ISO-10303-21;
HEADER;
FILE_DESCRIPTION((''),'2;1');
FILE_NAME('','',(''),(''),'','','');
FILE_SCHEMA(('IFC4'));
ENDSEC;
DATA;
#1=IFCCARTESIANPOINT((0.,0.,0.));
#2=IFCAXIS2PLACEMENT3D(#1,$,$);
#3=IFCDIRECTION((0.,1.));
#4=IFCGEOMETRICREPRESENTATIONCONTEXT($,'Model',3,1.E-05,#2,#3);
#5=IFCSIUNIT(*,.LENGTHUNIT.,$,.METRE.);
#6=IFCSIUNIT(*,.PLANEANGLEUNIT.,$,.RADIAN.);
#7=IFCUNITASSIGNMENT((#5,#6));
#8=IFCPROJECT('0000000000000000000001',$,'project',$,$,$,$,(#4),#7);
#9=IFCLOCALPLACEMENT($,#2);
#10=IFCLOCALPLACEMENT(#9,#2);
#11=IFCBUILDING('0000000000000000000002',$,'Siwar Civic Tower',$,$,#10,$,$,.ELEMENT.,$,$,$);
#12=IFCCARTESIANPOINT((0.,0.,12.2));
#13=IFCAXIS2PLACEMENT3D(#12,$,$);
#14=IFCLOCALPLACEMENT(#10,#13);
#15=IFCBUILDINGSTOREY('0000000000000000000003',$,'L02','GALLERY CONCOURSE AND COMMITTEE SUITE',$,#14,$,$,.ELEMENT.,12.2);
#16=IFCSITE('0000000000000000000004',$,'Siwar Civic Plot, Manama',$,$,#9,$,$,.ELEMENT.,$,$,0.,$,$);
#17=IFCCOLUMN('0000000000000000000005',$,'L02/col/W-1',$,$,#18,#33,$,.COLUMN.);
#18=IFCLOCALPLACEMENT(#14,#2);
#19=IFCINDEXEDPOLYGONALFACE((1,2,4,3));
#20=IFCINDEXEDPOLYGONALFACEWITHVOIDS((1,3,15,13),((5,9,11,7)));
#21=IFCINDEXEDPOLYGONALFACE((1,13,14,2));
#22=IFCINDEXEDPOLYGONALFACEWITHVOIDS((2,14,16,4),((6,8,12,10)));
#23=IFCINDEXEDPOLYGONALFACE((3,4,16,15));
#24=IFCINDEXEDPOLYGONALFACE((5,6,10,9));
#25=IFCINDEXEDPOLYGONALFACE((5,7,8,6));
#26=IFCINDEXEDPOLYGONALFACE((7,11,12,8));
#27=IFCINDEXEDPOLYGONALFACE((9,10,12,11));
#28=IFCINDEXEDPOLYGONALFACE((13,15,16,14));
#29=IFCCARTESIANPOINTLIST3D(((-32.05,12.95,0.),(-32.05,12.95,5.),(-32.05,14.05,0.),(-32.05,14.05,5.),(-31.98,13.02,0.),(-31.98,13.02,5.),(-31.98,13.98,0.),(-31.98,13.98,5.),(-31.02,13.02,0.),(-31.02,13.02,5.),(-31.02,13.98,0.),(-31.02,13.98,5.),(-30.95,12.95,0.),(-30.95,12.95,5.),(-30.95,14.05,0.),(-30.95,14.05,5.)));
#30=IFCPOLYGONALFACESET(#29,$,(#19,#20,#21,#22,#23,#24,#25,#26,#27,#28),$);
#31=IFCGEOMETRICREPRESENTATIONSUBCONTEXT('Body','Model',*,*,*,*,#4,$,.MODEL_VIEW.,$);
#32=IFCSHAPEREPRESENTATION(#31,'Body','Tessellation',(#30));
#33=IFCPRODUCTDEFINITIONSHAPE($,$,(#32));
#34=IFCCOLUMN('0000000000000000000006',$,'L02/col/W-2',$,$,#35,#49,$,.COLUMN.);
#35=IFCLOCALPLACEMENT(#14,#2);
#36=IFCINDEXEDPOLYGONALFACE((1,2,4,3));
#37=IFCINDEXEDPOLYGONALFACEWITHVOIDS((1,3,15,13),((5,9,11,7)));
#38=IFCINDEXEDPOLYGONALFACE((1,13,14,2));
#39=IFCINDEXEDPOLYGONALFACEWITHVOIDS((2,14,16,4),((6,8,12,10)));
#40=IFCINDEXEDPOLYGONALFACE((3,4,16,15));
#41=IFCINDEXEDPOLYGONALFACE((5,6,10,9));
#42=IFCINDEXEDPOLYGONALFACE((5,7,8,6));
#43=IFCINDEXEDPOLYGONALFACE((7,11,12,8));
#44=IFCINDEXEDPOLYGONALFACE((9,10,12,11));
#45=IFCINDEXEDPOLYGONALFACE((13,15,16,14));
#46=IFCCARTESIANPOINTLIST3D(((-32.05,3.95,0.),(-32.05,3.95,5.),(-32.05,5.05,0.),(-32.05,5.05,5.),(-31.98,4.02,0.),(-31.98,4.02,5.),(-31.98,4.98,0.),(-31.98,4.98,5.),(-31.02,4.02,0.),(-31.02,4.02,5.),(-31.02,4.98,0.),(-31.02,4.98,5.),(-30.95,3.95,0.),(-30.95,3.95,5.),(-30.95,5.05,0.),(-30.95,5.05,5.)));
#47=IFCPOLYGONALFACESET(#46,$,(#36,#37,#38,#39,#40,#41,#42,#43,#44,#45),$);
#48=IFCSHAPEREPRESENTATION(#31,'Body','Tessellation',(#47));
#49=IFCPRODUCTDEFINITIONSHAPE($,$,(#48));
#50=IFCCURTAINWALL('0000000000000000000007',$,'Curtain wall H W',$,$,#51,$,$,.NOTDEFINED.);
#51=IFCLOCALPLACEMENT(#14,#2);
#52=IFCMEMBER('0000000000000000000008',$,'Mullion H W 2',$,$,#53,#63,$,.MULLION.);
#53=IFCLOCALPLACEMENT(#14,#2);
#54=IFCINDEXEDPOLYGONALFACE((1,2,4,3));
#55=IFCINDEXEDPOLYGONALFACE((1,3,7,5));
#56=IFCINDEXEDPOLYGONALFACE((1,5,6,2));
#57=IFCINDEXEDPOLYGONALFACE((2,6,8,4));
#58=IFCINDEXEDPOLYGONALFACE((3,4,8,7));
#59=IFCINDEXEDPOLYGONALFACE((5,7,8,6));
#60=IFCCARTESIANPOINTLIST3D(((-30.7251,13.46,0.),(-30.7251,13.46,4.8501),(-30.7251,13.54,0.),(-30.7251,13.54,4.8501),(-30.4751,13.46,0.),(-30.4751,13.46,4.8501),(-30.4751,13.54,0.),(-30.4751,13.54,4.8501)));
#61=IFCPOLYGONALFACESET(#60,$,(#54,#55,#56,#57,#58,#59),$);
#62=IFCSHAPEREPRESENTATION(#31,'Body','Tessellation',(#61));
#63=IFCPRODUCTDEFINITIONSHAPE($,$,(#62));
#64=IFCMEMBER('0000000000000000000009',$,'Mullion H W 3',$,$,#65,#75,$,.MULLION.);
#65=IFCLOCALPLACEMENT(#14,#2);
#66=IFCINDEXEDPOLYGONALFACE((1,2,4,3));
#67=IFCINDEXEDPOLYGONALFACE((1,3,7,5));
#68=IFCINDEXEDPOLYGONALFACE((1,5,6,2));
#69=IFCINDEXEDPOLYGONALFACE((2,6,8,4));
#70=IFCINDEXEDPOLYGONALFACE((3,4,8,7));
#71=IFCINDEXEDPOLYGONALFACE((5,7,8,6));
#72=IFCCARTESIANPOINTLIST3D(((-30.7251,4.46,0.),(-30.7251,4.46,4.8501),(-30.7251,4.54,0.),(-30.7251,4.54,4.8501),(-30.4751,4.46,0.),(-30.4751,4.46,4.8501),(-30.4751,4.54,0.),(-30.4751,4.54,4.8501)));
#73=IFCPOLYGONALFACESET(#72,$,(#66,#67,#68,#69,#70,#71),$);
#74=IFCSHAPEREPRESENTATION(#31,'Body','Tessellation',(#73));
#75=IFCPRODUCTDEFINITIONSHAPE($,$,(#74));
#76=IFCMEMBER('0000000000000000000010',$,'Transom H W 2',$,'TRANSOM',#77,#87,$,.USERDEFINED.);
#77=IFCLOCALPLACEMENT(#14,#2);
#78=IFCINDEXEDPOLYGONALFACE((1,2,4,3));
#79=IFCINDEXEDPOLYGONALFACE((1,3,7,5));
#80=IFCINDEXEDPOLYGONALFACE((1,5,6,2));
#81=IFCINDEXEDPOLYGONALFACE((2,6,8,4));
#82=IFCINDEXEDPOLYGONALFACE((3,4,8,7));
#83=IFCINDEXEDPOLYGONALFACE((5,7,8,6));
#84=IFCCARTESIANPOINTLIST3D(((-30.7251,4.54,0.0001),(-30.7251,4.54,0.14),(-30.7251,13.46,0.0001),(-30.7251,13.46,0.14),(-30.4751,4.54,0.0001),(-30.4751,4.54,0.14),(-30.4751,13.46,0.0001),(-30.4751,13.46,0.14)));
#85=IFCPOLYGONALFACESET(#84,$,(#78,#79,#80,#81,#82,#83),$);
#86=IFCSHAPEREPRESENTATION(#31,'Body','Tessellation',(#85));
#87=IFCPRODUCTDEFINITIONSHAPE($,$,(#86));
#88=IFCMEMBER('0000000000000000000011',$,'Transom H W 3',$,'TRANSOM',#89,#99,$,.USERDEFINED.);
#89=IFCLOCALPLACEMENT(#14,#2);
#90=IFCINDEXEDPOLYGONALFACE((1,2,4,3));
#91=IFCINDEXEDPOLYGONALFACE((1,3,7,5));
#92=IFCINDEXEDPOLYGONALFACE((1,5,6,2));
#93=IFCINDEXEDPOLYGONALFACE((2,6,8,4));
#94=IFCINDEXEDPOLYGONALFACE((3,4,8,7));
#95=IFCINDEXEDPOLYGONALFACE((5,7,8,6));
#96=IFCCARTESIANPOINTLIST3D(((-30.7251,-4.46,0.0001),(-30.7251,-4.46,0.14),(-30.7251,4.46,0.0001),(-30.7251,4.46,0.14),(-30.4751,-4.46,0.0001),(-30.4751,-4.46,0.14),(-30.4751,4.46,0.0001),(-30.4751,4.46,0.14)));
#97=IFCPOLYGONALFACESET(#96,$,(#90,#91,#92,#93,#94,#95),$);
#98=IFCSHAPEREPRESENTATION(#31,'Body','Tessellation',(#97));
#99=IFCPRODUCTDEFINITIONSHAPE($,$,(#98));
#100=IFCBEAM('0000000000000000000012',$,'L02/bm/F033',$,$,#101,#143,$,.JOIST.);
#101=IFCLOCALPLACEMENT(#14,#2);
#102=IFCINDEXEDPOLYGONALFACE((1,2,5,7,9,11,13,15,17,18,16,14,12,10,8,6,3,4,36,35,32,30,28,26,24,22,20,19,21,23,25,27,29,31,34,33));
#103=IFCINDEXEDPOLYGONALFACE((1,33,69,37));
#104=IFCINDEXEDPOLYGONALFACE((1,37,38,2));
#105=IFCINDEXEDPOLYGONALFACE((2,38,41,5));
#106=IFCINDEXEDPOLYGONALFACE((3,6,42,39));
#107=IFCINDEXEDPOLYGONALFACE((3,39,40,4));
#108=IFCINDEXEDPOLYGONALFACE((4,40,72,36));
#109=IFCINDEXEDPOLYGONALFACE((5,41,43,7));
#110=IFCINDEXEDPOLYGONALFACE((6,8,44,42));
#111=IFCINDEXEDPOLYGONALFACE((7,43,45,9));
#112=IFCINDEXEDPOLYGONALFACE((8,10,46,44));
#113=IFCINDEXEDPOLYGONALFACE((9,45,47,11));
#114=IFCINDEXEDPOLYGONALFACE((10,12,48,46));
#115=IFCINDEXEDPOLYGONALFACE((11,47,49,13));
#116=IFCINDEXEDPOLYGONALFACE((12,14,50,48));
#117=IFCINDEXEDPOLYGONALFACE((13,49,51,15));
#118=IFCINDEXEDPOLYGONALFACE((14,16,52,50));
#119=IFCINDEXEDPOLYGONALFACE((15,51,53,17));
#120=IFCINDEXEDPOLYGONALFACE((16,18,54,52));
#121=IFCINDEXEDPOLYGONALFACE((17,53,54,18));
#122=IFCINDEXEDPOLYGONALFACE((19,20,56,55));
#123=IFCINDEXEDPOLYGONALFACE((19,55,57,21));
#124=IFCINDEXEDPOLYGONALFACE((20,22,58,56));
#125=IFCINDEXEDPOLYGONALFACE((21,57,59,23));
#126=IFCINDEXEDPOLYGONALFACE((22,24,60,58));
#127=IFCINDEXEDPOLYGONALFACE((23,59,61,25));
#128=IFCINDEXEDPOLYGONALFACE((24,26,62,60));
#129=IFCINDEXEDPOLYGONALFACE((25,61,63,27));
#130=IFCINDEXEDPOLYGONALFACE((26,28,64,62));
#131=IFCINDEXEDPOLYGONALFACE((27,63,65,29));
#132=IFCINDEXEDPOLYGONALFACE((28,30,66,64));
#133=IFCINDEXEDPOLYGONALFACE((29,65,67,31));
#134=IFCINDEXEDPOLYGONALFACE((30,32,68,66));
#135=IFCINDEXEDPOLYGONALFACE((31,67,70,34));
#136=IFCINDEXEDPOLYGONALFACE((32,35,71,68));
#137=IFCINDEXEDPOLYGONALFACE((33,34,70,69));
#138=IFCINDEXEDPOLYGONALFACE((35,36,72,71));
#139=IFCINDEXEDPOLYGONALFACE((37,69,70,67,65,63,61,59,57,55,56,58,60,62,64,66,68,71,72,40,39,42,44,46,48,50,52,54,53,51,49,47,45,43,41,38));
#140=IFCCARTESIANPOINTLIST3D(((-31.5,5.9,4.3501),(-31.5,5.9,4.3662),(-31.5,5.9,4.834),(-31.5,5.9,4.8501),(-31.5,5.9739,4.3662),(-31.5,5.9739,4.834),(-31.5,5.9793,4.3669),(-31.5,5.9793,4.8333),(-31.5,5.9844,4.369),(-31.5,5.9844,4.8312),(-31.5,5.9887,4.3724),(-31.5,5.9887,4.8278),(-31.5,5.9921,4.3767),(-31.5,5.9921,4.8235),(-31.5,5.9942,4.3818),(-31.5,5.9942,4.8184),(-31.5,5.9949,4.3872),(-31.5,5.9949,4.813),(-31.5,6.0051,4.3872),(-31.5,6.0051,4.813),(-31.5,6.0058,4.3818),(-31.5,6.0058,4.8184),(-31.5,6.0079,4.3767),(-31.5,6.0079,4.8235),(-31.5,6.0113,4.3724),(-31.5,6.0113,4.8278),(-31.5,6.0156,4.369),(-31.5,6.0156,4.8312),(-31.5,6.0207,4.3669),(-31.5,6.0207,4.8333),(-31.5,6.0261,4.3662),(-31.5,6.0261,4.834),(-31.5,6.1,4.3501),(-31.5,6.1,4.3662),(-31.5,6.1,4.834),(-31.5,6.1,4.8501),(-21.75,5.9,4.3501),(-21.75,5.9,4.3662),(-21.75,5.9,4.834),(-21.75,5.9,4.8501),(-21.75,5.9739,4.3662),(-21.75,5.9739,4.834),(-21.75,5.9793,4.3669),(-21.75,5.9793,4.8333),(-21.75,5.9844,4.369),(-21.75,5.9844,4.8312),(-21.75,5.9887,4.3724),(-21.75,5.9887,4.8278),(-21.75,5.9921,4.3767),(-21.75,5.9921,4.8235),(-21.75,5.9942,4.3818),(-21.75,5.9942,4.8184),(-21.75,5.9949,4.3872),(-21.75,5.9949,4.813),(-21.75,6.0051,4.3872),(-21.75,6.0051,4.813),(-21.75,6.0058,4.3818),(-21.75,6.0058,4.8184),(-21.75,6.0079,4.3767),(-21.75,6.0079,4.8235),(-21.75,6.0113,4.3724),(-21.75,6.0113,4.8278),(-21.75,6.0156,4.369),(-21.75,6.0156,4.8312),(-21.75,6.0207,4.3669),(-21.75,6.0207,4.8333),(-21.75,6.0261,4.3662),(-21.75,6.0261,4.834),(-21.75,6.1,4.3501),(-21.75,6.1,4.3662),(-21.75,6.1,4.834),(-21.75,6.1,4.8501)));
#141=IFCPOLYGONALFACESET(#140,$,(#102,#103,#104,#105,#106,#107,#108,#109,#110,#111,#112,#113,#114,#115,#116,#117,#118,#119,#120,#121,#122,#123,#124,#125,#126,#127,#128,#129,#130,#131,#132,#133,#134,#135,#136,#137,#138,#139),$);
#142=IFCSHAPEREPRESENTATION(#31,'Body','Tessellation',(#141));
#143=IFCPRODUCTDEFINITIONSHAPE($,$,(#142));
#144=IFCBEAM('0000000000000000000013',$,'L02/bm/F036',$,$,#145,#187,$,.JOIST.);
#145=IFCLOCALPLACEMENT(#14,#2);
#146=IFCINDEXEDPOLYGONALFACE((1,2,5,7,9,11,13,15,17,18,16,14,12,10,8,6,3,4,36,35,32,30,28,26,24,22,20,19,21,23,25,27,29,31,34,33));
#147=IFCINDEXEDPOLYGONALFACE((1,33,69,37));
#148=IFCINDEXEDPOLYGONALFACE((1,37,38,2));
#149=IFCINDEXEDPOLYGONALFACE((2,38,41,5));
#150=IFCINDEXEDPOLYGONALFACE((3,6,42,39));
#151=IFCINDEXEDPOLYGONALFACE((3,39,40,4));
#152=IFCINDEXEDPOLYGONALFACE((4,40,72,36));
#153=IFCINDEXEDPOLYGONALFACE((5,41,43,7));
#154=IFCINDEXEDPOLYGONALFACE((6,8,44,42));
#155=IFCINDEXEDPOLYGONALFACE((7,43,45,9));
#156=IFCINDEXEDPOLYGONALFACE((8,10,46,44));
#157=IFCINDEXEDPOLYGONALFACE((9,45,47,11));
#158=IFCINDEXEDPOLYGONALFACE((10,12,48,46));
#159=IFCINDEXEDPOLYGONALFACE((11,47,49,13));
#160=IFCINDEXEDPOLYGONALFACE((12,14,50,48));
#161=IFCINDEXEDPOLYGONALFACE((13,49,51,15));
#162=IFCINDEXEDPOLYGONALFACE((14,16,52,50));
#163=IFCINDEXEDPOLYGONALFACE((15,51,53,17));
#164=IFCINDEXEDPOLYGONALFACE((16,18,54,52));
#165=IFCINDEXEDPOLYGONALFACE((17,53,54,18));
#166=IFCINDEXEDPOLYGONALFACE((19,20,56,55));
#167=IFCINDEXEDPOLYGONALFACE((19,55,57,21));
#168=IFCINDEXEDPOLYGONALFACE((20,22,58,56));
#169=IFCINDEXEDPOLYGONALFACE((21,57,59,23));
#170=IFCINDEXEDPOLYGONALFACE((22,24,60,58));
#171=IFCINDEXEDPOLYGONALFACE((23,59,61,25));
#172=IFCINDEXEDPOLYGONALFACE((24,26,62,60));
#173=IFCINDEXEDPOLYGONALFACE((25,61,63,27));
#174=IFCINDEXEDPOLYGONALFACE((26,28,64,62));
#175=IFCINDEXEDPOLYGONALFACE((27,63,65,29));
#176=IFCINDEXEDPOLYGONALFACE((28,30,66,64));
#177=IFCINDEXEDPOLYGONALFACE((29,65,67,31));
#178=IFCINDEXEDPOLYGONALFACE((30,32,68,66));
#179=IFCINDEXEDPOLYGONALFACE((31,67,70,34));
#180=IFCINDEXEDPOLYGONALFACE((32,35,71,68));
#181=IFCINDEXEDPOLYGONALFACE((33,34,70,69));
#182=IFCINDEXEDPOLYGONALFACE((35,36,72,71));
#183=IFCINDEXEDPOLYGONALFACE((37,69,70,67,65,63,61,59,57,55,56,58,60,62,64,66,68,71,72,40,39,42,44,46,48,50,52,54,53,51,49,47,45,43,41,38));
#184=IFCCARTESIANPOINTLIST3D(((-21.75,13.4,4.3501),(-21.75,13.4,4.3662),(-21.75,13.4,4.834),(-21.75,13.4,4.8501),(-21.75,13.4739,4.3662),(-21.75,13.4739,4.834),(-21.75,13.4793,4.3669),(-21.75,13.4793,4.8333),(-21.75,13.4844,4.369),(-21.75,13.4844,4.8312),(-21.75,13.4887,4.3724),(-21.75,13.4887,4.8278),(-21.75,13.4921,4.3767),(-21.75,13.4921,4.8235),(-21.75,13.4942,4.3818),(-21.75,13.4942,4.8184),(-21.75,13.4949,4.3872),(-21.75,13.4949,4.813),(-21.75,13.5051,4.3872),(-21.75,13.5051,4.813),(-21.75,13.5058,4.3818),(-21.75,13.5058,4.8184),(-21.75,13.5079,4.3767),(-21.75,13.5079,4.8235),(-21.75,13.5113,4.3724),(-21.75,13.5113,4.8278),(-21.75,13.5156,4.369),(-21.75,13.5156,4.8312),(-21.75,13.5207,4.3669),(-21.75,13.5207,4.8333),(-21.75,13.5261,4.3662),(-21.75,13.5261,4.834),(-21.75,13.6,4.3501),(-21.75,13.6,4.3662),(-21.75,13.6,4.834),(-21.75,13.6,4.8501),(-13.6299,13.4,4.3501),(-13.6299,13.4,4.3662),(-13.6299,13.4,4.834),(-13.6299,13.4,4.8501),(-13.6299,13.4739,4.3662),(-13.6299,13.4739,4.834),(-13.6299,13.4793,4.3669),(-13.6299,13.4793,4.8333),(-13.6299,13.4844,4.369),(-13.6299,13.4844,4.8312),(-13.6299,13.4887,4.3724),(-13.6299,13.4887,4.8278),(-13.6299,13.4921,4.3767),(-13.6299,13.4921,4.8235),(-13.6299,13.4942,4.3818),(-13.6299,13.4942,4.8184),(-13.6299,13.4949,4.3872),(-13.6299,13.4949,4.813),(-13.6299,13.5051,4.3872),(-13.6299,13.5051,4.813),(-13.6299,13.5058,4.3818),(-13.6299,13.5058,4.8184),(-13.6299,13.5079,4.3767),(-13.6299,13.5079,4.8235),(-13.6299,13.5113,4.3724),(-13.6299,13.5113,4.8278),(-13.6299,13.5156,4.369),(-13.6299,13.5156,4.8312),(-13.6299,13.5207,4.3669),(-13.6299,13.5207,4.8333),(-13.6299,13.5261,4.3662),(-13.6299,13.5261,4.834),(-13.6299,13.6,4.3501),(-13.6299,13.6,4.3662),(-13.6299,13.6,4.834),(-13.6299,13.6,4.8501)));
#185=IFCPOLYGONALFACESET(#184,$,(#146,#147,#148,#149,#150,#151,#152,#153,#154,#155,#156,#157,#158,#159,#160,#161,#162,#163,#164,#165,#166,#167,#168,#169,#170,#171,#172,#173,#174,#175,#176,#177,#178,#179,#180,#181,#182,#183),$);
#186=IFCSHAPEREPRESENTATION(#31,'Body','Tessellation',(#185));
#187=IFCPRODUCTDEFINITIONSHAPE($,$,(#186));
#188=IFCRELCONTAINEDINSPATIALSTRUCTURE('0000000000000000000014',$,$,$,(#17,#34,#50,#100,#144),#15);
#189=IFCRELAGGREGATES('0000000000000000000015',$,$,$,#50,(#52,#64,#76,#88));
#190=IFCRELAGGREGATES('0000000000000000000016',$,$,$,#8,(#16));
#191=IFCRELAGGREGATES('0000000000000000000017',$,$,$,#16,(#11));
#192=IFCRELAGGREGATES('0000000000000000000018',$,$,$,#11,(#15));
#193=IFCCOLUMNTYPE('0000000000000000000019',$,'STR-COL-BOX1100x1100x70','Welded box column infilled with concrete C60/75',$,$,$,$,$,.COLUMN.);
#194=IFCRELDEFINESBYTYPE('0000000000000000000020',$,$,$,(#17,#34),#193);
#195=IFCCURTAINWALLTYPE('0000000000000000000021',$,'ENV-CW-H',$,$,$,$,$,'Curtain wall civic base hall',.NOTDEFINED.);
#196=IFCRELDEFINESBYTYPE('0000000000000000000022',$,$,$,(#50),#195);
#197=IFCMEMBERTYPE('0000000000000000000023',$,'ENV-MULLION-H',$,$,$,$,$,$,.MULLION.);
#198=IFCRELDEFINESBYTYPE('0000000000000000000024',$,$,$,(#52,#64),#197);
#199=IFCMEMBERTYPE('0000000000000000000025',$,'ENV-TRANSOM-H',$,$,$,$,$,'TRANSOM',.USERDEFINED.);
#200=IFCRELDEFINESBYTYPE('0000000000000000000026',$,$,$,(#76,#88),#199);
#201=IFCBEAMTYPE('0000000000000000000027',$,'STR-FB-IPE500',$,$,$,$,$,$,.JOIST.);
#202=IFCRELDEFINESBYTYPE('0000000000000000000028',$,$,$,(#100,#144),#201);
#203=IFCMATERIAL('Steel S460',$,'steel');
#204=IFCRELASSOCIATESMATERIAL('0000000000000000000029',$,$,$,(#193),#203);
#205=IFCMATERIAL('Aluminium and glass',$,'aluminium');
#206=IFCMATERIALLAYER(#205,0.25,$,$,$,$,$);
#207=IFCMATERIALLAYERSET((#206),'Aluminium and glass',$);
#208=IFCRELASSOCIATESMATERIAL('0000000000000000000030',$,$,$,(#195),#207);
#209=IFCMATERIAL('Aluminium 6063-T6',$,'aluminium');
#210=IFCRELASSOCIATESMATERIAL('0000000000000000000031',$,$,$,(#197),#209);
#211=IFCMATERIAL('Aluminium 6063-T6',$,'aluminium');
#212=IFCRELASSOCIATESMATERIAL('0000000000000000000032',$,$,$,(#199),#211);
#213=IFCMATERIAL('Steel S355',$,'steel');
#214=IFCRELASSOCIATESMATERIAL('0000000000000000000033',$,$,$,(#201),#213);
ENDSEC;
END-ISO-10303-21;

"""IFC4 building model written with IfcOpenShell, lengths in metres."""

from ifc_helpers import new_model, si_unit, direction, frame, origin, origin_2d, place, context, subcontext, project, spatial, rectangle, hollow_rectangle, i_section, extrude, material, layer, layer_set, material_profile, profile_set, type_object, element, aggregate, save


model = new_model("IFC4")

# Units and contexts
model_context = context("Model", 3, precision=1e-05, world=origin(), true_north=direction((0.0, 1.0)))
body_context = subcontext(model_context, "Body", "Model", "MODEL_VIEW")
ifc_project = project(units=[si_unit("LENGTHUNIT", "METRE"), si_unit("PLANEANGLEUNIT", "RADIAN")], contexts=[model_context])

# Site, building, storey
site_placement = place(None, origin())
site = spatial("IfcSite", under=ifc_project, at=site_placement, Name="Siwar Civic Plot, Manama", CompositionType="ELEMENT", RefElevation=0.0)
building_placement = place(site_placement, origin())
building = spatial("IfcBuilding", under=site, at=building_placement, Name="Siwar Civic Tower", CompositionType="ELEMENT")
storey_placement = place(building_placement, frame((0.0, 0.0, 12.2)))
storey = spatial("IfcBuildingStorey", under=building, at=storey_placement, Name="L02", Description="GALLERY CONCOURSE AND COMMITTEE SUITE", CompositionType="ELEMENT", Elevation=12.2)

# Columns
ifc_material_1 = material(Name="Steel S460", Category="steel")
ifc_material_profile_1 = material_profile(ifc_material_1, hollow_rectangle(XDim=1.1001, YDim=1.1001, WallThickness=0.0701, at=origin_2d()), Name="BOX1100x1100x70")
ifc_profile_set_1 = profile_set([ifc_material_profile_1], Name="Steel S460")
column_type = type_object("IfcColumnType", Name="STR-COL-BOX1100x1100x70", Description="Welded box column infilled with concrete C60/75", PredefinedType="COLUMN", material=ifc_profile_set_1)
for number, where, z_axis, x_axis, name in (
    (1, (-31.5, 13.5, 0.0), (0.0, 0.0, 1.0), (1.0, 0.0, 0.0), "L02/col/W-1"),
    (2, (-31.5, 4.5, 0.0), (0.0, 0.0, 1.0), (1.0, 0.0, 0.0), "L02/col/W-2"),
):
    element("IfcColumn", number, at=place(storey_placement, frame(where, z_axis=z_axis, x_axis=x_axis)), inside=storey, type_object=column_type, Name=name, PredefinedType="COLUMN", context=body_context, shape_type="SweptSolid", body=[
        extrude(hollow_rectangle(XDim=1.1001, YDim=1.1001, WallThickness=0.0701, at=origin_2d()), origin(), (0.0, 0.0, 1.0), 5.0),
    ])

# Curtain wall, members
ifc_material_2 = material(Name="Aluminium and glass", Category="aluminium")
ifc_layer_1 = layer(ifc_material_2, 0.25)
ifc_layer_set_1 = layer_set([ifc_layer_1], Name="Aluminium and glass")
curtain_wall_type = type_object("IfcCurtainWallType", Name="ENV-CW-H", ElementType="Curtain wall civic base hall", PredefinedType="NOTDEFINED", material=ifc_layer_set_1)
curtain_wall_placement = place(storey_placement, origin())
curtain_wall = element("IfcCurtainWall", 3, at=curtain_wall_placement, inside=storey, type_object=curtain_wall_type, Name="Curtain wall H W", PredefinedType="NOTDEFINED")
ifc_material_3 = material(Name="Aluminium 6063-T6", Category="aluminium")
ifc_material_profile_2 = material_profile(ifc_material_3, rectangle(XDim=0.25, YDim=0.0801, at=origin_2d()), Name="AL 250x80")
ifc_profile_set_2 = profile_set([ifc_material_profile_2], Name="Aluminium 6063-T6")
member_type_1 = type_object("IfcMemberType", Name="ENV-MULLION-H", PredefinedType="MULLION", material=ifc_profile_set_2)
member_1_placement = place(storey_placement, frame((-30.6001, 13.5, 0.0), z_axis=(0.0, 0.0, 1.0), x_axis=(1.0, 0.0, 0.0)))
member_1 = element("IfcMember", 4, at=member_1_placement, type_object=member_type_1, Name="Mullion H W 2", PredefinedType="MULLION", context=body_context, shape_type="SweptSolid", body=[
    extrude(rectangle(XDim=0.25, YDim=0.0801, at=origin_2d()), origin(), (0.0, 0.0, 1.0), 4.8501),
])
member_2_placement = place(storey_placement, frame((-30.6001, 4.5, 0.0), z_axis=(0.0, 0.0, 1.0), x_axis=(1.0, 0.0, 0.0)))
member_2 = element("IfcMember", 5, at=member_2_placement, type_object=member_type_1, Name="Mullion H W 3", PredefinedType="MULLION", context=body_context, shape_type="SweptSolid", body=[
    extrude(rectangle(XDim=0.25, YDim=0.0801, at=origin_2d()), origin(), (0.0, 0.0, 1.0), 4.8501),
])
ifc_material_4 = material(Name="Aluminium 6063-T6", Category="aluminium")
ifc_material_profile_3 = material_profile(ifc_material_4, rectangle(XDim=0.25, YDim=0.1399, at=origin_2d()), Name="AL 250x140")
ifc_profile_set_3 = profile_set([ifc_material_profile_3], Name="Aluminium 6063-T6")
member_type_2 = type_object("IfcMemberType", Name="ENV-TRANSOM-H", ElementType="TRANSOM", PredefinedType="USERDEFINED", material=ifc_profile_set_3)
member_3_placement = place(storey_placement, frame((-30.6001, 13.46, 0.0701), z_axis=(0.0, -1.0, 0.0), x_axis=(1.0, 0.0, 0.0)))
member_3 = element("IfcMember", 6, at=member_3_placement, type_object=member_type_2, Name="Transom H W 2", ObjectType="TRANSOM", PredefinedType="USERDEFINED", context=body_context, shape_type="SweptSolid", body=[
    extrude(rectangle(XDim=0.25, YDim=0.1399, at=origin_2d()), origin(), (0.0, 0.0, 1.0), 8.9199),
])
member_4_placement = place(storey_placement, frame((-30.6001, 4.46, 0.0701), z_axis=(0.0, -1.0, 0.0), x_axis=(1.0, 0.0, 0.0)))
member_4 = element("IfcMember", 7, at=member_4_placement, type_object=member_type_2, Name="Transom H W 3", ObjectType="TRANSOM", PredefinedType="USERDEFINED", context=body_context, shape_type="SweptSolid", body=[
    extrude(rectangle(XDim=0.25, YDim=0.1399, at=origin_2d()), origin(), (0.0, 0.0, 1.0), 8.9199),
])

# Beams
ifc_material_5 = material(Name="Steel S355", Category="steel")
ifc_material_profile_4 = material_profile(ifc_material_5, i_section(OverallWidth=0.2, OverallDepth=0.5, WebThickness=0.0103, FlangeThickness=0.0161, FilletRadius=0.021, at=origin_2d()), Name="IPE500")
ifc_profile_set_4 = profile_set([ifc_material_profile_4], Name="Steel S355")
beam_type_1 = type_object("IfcBeamType", Name="STR-FB-IPE500", PredefinedType="JOIST", material=ifc_profile_set_4)
beam_1_placement = place(storey_placement, frame((-31.5, 6.0, 4.6001), z_axis=(1.0, 0.0, 0.0), x_axis=(0.0, 1.0, 0.0)))
element("IfcBeam", 8, at=beam_1_placement, inside=storey, type_object=beam_type_1, Name="L02/bm/F033", PredefinedType="JOIST", context=body_context, shape_type="SweptSolid", body=[
    extrude(i_section(OverallWidth=0.2, OverallDepth=0.5, WebThickness=0.0103, FlangeThickness=0.0161, FilletRadius=0.021, at=origin_2d()), origin(), (0.0, 0.0, 1.0), 9.75),
])
beam_2_placement = place(storey_placement, frame((-21.75, 13.5, 4.6001), z_axis=(1.0, 0.0, 0.0), x_axis=(0.0, 1.0, 0.0)))
element("IfcBeam", 9, at=beam_2_placement, inside=storey, type_object=beam_type_1, Name="L02/bm/F036", PredefinedType="JOIST", context=body_context, shape_type="SweptSolid", body=[
    extrude(i_section(OverallWidth=0.2, OverallDepth=0.5, WebThickness=0.0103, FlangeThickness=0.0161, FilletRadius=0.021, at=origin_2d()), origin(), (0.0, 0.0, 1.0), 8.1201),
])

aggregate(curtain_wall, [member_1, member_2, member_3, member_4])

save(model, "model.ifc")
